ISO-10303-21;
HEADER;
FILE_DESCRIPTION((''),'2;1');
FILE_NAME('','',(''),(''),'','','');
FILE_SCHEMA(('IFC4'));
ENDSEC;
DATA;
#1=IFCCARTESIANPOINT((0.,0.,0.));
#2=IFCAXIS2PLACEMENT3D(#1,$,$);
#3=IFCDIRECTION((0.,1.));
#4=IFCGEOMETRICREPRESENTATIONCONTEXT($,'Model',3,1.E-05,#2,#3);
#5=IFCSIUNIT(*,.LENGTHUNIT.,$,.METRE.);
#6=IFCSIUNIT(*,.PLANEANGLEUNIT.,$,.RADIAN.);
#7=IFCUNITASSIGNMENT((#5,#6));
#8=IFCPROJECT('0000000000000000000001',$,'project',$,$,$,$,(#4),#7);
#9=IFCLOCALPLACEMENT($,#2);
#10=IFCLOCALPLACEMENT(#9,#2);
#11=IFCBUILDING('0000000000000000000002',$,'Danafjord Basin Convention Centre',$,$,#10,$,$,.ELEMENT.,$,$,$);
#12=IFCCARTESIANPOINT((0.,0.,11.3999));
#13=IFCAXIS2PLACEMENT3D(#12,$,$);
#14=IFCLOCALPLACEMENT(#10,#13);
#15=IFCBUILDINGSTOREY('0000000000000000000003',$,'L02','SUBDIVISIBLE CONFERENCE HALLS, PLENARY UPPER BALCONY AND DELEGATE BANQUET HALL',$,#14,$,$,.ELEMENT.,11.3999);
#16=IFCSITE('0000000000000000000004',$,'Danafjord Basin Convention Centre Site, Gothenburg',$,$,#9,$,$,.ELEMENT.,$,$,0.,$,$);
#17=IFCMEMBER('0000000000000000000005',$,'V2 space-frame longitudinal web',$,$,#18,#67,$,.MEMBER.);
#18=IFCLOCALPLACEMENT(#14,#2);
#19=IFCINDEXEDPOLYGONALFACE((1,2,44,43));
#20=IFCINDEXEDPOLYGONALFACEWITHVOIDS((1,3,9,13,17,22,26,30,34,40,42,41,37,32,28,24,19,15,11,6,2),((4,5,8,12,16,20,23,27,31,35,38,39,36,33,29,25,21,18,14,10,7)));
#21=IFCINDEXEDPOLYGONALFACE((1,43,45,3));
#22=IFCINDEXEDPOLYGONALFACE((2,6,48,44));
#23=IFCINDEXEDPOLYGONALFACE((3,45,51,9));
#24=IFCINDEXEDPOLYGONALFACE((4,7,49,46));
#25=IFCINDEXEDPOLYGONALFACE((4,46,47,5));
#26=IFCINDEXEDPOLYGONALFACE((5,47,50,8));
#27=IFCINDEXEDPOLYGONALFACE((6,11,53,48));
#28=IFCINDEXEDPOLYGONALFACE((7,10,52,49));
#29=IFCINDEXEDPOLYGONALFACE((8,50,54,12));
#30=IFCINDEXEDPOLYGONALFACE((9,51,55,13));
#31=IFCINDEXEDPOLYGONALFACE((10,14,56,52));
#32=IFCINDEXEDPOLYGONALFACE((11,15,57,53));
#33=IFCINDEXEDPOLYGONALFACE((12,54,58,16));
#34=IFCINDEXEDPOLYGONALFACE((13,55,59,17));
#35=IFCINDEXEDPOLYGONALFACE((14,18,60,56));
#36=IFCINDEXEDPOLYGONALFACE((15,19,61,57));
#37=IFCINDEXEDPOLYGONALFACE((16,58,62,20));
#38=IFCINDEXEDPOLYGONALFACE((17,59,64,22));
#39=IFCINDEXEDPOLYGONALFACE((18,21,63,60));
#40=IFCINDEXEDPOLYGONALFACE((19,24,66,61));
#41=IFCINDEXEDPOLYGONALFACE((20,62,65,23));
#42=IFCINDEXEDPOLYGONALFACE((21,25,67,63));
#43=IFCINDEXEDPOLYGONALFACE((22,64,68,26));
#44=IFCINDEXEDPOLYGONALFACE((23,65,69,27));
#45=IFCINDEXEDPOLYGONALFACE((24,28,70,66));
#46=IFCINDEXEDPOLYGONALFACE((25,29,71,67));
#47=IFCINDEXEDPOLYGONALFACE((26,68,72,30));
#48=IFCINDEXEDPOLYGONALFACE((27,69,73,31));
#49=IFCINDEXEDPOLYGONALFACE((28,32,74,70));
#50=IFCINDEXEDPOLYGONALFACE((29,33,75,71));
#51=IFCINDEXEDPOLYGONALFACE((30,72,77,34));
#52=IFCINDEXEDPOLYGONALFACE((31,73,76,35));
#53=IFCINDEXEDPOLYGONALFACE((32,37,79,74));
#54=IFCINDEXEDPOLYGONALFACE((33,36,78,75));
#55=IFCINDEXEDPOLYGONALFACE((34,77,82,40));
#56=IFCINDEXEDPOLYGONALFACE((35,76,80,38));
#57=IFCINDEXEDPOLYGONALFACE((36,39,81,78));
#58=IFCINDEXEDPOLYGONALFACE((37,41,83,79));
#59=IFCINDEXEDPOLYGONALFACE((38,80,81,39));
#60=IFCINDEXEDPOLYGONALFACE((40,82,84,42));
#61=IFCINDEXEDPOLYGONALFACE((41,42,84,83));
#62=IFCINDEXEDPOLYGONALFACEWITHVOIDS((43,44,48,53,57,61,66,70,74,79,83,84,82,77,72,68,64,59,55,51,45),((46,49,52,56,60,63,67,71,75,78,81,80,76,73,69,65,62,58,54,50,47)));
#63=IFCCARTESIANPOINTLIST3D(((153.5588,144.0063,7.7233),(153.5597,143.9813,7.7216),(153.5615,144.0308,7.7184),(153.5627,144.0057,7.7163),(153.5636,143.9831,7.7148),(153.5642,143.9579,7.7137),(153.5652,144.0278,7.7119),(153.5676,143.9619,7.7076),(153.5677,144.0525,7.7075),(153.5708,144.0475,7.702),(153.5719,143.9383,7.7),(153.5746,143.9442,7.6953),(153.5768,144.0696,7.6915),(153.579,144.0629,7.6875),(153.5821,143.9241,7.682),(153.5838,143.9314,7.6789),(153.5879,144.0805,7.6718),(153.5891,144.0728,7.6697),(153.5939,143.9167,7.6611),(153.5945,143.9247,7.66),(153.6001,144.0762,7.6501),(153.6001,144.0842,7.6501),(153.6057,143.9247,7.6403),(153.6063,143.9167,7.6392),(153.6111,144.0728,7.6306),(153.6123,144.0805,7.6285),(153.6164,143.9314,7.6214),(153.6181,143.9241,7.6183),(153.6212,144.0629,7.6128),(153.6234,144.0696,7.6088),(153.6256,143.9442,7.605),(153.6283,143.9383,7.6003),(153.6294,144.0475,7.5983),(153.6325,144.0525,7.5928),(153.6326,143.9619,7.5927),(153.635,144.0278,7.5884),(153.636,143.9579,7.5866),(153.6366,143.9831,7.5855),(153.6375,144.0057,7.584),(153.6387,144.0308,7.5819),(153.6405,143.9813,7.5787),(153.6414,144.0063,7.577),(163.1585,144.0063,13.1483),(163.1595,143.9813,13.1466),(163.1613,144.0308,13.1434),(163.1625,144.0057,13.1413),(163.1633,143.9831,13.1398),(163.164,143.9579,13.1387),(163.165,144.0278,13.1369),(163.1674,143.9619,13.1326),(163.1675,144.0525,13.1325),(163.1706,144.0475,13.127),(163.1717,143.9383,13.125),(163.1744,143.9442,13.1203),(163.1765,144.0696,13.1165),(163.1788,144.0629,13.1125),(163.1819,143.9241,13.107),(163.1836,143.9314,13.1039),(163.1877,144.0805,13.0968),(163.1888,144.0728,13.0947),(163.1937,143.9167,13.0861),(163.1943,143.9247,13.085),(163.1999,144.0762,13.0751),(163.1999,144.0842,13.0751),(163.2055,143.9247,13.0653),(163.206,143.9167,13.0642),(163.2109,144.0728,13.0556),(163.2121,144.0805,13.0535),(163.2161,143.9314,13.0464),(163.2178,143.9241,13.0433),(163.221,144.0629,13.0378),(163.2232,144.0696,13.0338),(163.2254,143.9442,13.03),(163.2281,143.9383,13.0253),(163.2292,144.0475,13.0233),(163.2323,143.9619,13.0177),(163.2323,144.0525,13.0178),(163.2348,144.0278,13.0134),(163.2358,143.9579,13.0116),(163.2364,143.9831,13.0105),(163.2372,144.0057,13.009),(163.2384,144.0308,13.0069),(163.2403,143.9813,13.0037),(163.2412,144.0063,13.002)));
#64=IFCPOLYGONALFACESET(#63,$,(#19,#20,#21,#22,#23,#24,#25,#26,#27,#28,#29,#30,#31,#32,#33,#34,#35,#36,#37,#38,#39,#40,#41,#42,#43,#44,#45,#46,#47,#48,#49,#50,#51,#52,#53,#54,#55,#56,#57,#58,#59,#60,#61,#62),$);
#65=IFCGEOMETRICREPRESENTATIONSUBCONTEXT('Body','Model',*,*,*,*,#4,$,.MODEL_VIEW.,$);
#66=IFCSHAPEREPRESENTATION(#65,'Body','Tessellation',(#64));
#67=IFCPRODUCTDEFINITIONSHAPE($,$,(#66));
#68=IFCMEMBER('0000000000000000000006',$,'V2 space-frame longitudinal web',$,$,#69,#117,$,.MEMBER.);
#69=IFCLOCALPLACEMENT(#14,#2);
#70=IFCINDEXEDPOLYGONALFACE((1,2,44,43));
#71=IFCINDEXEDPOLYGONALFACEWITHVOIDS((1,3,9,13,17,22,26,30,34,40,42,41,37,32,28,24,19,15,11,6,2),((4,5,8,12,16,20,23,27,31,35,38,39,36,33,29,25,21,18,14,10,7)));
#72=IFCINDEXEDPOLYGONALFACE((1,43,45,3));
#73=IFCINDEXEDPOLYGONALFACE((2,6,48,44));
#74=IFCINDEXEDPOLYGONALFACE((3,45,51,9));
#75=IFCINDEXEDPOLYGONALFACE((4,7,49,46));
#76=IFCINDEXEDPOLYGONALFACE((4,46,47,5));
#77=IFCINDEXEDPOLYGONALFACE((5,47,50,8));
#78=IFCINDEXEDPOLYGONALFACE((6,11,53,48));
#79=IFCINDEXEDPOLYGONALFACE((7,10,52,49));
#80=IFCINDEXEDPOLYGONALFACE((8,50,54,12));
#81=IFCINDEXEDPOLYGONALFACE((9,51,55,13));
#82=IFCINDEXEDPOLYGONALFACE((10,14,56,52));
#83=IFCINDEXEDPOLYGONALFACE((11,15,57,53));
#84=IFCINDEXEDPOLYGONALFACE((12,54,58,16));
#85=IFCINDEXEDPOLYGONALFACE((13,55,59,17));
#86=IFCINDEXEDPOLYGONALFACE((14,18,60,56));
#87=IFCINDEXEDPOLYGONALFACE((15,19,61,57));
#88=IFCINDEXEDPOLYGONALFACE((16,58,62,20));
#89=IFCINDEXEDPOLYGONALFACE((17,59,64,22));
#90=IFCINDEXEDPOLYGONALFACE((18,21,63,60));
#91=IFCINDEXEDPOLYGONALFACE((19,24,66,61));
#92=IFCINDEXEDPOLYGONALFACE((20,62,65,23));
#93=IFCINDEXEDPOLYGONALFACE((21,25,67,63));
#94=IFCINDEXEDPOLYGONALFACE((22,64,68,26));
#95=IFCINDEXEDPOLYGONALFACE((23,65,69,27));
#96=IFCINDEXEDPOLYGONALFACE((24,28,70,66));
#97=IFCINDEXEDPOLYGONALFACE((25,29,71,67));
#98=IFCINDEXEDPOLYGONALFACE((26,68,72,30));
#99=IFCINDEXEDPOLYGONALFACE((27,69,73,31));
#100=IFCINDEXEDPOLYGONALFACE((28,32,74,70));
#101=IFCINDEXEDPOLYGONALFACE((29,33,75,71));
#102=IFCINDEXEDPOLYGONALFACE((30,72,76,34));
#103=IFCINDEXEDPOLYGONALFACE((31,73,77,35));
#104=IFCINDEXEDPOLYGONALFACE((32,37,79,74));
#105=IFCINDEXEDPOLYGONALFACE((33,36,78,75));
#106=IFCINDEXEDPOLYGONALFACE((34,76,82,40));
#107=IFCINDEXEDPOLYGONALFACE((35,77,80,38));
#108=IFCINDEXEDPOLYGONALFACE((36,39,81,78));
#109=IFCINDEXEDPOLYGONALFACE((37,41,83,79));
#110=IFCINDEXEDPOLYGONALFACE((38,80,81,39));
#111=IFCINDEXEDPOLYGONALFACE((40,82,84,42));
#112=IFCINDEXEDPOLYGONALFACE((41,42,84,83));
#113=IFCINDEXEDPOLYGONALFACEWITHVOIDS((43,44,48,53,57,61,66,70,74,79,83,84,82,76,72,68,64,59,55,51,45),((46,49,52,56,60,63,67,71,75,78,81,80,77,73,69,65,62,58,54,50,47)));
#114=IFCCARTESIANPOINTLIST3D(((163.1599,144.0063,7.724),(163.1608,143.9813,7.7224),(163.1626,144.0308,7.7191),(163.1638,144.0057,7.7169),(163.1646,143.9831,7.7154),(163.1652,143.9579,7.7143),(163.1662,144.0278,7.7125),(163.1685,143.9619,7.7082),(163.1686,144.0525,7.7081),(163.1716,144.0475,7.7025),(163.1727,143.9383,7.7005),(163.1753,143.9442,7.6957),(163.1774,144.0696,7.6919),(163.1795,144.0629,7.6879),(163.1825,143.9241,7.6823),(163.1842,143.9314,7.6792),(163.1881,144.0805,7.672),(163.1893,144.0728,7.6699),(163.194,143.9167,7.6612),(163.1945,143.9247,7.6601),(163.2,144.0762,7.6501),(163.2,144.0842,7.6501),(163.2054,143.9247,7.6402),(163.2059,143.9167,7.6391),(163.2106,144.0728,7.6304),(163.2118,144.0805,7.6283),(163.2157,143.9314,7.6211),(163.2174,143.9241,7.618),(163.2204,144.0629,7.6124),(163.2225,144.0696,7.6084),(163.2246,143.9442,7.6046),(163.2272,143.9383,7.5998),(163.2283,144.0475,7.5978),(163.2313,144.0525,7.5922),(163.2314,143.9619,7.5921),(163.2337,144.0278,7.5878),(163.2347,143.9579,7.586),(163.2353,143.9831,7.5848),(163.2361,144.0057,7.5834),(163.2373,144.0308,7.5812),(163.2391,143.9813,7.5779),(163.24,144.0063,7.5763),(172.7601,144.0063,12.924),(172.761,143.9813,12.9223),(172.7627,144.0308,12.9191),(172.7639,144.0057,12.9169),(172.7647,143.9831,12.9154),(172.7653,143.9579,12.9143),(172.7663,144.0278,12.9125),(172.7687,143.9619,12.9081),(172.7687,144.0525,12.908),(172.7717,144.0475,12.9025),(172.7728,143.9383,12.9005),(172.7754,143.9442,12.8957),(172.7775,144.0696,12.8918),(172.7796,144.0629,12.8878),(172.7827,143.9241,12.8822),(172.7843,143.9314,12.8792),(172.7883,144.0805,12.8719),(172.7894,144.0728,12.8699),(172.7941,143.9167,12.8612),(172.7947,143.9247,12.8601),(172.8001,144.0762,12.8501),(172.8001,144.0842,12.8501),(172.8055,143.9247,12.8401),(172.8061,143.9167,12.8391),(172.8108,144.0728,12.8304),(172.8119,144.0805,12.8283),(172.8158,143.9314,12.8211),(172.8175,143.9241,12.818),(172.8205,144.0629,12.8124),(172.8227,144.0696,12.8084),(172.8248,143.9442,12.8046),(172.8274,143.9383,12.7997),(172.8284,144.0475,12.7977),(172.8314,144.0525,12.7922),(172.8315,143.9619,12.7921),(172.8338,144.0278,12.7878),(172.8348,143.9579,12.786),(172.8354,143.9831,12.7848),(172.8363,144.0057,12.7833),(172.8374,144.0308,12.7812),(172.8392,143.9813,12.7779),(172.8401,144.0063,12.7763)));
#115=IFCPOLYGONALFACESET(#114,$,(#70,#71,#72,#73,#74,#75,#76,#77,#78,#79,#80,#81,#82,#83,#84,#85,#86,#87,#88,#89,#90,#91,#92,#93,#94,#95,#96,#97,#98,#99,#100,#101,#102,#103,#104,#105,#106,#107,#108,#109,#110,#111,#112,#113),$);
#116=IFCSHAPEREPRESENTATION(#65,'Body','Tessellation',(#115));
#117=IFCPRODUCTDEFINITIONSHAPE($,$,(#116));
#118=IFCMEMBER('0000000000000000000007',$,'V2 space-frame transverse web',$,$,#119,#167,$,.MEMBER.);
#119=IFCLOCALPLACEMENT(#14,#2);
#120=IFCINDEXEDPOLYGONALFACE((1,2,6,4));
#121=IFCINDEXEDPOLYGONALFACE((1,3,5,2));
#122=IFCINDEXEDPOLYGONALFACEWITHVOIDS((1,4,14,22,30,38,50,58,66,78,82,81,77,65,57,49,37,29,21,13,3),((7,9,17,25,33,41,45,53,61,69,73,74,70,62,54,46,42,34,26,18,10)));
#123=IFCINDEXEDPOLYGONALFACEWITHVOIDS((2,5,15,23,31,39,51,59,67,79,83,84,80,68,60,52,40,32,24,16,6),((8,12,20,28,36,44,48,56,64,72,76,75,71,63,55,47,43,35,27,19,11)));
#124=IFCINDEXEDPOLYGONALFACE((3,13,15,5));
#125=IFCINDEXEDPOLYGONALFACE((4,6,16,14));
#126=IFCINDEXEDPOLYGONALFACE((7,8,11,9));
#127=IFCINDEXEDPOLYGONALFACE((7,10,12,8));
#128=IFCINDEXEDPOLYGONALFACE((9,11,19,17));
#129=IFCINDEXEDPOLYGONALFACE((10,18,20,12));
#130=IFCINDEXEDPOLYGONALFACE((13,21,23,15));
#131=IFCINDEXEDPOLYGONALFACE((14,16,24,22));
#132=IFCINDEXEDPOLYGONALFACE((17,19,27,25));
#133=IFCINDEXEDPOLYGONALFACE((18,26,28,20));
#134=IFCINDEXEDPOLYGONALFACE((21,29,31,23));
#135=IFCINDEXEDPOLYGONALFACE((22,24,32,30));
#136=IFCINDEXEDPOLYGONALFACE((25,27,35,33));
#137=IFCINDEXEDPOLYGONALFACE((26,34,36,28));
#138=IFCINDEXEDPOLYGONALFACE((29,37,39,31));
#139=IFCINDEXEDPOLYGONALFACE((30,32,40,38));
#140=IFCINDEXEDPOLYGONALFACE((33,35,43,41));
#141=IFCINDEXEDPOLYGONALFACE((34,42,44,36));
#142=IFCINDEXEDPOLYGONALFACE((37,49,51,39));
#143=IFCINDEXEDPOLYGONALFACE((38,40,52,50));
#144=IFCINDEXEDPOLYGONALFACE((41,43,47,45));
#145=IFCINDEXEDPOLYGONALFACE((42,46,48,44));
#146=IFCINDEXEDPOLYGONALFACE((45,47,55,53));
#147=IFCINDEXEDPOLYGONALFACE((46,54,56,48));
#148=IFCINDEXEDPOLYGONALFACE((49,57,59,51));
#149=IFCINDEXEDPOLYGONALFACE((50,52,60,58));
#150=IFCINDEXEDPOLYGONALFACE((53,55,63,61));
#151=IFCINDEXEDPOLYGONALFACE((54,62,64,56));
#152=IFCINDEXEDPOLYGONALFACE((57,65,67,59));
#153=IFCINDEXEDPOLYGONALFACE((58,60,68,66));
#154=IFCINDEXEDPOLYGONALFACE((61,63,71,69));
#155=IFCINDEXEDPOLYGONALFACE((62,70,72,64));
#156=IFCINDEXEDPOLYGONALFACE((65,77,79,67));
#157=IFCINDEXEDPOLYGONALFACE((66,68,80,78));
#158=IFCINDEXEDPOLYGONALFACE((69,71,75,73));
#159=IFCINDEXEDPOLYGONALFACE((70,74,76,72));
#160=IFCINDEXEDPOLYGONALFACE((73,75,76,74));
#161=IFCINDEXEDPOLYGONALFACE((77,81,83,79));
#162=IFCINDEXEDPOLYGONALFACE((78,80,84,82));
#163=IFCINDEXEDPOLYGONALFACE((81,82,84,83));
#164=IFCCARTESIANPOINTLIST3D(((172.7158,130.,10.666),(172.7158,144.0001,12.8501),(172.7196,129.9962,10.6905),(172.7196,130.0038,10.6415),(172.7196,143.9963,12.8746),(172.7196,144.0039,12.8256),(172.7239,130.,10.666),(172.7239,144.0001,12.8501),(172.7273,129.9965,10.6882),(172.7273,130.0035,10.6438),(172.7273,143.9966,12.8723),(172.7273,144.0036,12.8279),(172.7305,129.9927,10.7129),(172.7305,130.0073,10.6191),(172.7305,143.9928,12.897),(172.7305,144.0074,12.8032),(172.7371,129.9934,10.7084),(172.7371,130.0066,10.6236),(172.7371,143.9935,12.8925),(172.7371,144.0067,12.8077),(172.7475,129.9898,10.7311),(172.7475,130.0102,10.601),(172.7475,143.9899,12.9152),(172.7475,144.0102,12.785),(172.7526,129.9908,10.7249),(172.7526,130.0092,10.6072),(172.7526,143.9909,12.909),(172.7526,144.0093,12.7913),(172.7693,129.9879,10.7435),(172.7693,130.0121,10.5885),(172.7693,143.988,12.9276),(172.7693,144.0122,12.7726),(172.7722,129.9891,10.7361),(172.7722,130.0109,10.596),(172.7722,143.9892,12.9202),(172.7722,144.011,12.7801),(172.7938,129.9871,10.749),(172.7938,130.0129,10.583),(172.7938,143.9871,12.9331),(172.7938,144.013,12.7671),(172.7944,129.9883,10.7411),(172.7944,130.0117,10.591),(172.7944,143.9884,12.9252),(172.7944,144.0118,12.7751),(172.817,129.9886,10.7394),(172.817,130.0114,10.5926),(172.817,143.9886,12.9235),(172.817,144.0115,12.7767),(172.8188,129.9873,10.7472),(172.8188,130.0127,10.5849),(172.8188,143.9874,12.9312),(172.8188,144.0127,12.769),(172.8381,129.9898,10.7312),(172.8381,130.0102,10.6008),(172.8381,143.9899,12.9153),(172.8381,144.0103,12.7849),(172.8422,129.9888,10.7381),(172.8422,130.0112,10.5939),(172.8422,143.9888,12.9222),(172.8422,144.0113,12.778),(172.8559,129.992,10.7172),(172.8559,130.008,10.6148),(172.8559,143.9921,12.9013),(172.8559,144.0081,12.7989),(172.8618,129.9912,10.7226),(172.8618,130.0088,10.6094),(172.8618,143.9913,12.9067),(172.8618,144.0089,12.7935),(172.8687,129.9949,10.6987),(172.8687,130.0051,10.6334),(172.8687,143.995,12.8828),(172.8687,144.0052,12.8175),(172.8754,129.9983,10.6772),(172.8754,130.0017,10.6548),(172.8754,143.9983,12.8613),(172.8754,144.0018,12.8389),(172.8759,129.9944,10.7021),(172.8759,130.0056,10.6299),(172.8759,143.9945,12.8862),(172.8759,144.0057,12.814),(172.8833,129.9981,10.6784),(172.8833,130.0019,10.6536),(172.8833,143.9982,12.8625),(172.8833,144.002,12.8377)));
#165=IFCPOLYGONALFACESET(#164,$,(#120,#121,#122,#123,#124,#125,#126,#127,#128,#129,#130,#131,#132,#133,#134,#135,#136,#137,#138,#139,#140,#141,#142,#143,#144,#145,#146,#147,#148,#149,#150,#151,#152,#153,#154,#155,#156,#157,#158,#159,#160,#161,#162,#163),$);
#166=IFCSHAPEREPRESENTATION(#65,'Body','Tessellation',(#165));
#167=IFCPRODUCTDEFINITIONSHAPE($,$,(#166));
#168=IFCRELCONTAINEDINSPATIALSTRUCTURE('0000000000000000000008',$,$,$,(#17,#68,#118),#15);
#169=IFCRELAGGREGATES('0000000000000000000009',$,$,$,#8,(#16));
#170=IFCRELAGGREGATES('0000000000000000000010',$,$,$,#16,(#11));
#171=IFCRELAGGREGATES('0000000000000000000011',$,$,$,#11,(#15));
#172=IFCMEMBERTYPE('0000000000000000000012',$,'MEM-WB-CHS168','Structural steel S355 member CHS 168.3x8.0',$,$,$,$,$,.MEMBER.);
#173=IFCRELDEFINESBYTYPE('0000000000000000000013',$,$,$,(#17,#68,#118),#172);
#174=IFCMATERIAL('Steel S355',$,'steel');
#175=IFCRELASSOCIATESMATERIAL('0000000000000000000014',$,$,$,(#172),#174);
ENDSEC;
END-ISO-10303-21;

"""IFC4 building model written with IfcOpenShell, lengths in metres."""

from ifc_helpers import new_model, si_unit, direction, frame, origin, origin_2d, place, context, subcontext, project, spatial, hollow_circle, extrude, material, material_profile, profile_set, type_object, element, save


model = new_model("IFC4")

# Units and contexts
model_context = context("Model", 3, precision=1e-05, world=origin(), true_north=direction((0.0, 1.0)))
body_context = subcontext(model_context, "Body", "Model", "MODEL_VIEW")
ifc_project = project(units=[si_unit("LENGTHUNIT", "METRE"), si_unit("PLANEANGLEUNIT", "RADIAN")], contexts=[model_context])

# Site, building, storey
site_placement = place(None, origin())
site = spatial("IfcSite", under=ifc_project, at=site_placement, Name="Danafjord Basin Convention Centre Site, Gothenburg", CompositionType="ELEMENT", RefElevation=0.0)
building_placement = place(site_placement, origin())
building = spatial("IfcBuilding", under=site, at=building_placement, Name="Danafjord Basin Convention Centre", CompositionType="ELEMENT")
storey_placement = place(building_placement, frame((0.0, 0.0, 11.3999)))
storey = spatial("IfcBuildingStorey", under=building, at=storey_placement, Name="L02", Description="SUBDIVISIBLE CONFERENCE HALLS, PLENARY UPPER BALCONY AND DELEGATE BANQUET HALL", CompositionType="ELEMENT", Elevation=11.3999)

# Shared definitions
ifc_material_1 = material(Name="Steel S355", Category="steel")

# Members
ifc_material_profile_1 = material_profile(ifc_material_1, hollow_circle(Radius=0.0842, WallThickness=0.0081, at=origin_2d()), Name="CHS 168.3x8.0")
ifc_profile_set_1 = profile_set([ifc_material_profile_1], Name="Steel S355")
member_type_1 = type_object("IfcMemberType", Name="MEM-WB-CHS168", Description="Structural steel S355 member CHS 168.3x8.0", PredefinedType="MEMBER", material=ifc_profile_set_1)
member_1_placement = place(storey_placement, frame((153.6001, 144.0, 7.6501), z_axis=(0.8706, 0.0, 0.491992), x_axis=(0.0, 1.0, 0.0)))
element("IfcMember", 1, at=member_1_placement, inside=storey, type_object=member_type_1, Name="V2 space-frame longitudinal web", PredefinedType="MEMBER", context=body_context, shape_type="SweptSolid", body=[
    extrude(hollow_circle(Radius=0.0842, WallThickness=0.0081, at=origin_2d()), origin(), (0.0, 0.0, 1.0), 11.0266),
])
member_2_placement = place(storey_placement, frame((163.2, 144.0, 7.6501), z_axis=(0.879296, 0.0, 0.476276), x_axis=(0.0, 1.0, 0.0)))
element("IfcMember", 2, at=member_2_placement, inside=storey, type_object=member_type_1, Name="V2 space-frame longitudinal web", PredefinedType="MEMBER", context=body_context, shape_type="SweptSolid", body=[
    extrude(hollow_circle(Radius=0.0842, WallThickness=0.0081, at=origin_2d()), origin(), (0.0, 0.0, 1.0), 10.918),
])
member_3_placement = place(storey_placement, frame((172.8, 130.0, 10.666), z_axis=(0.0, 0.988049, 0.154141), x_axis=(-1.0, 0.0, 0.0)))
element("IfcMember", 3, at=member_3_placement, inside=storey, type_object=member_type_1, Name="V2 space-frame transverse web", PredefinedType="MEMBER", context=body_context, shape_type="SweptSolid", body=[
    extrude(hollow_circle(Radius=0.0842, WallThickness=0.0081, at=origin_2d()), origin(), (0.0, 0.0, 1.0), 14.1694),
])

save(model, "model.ifc")
